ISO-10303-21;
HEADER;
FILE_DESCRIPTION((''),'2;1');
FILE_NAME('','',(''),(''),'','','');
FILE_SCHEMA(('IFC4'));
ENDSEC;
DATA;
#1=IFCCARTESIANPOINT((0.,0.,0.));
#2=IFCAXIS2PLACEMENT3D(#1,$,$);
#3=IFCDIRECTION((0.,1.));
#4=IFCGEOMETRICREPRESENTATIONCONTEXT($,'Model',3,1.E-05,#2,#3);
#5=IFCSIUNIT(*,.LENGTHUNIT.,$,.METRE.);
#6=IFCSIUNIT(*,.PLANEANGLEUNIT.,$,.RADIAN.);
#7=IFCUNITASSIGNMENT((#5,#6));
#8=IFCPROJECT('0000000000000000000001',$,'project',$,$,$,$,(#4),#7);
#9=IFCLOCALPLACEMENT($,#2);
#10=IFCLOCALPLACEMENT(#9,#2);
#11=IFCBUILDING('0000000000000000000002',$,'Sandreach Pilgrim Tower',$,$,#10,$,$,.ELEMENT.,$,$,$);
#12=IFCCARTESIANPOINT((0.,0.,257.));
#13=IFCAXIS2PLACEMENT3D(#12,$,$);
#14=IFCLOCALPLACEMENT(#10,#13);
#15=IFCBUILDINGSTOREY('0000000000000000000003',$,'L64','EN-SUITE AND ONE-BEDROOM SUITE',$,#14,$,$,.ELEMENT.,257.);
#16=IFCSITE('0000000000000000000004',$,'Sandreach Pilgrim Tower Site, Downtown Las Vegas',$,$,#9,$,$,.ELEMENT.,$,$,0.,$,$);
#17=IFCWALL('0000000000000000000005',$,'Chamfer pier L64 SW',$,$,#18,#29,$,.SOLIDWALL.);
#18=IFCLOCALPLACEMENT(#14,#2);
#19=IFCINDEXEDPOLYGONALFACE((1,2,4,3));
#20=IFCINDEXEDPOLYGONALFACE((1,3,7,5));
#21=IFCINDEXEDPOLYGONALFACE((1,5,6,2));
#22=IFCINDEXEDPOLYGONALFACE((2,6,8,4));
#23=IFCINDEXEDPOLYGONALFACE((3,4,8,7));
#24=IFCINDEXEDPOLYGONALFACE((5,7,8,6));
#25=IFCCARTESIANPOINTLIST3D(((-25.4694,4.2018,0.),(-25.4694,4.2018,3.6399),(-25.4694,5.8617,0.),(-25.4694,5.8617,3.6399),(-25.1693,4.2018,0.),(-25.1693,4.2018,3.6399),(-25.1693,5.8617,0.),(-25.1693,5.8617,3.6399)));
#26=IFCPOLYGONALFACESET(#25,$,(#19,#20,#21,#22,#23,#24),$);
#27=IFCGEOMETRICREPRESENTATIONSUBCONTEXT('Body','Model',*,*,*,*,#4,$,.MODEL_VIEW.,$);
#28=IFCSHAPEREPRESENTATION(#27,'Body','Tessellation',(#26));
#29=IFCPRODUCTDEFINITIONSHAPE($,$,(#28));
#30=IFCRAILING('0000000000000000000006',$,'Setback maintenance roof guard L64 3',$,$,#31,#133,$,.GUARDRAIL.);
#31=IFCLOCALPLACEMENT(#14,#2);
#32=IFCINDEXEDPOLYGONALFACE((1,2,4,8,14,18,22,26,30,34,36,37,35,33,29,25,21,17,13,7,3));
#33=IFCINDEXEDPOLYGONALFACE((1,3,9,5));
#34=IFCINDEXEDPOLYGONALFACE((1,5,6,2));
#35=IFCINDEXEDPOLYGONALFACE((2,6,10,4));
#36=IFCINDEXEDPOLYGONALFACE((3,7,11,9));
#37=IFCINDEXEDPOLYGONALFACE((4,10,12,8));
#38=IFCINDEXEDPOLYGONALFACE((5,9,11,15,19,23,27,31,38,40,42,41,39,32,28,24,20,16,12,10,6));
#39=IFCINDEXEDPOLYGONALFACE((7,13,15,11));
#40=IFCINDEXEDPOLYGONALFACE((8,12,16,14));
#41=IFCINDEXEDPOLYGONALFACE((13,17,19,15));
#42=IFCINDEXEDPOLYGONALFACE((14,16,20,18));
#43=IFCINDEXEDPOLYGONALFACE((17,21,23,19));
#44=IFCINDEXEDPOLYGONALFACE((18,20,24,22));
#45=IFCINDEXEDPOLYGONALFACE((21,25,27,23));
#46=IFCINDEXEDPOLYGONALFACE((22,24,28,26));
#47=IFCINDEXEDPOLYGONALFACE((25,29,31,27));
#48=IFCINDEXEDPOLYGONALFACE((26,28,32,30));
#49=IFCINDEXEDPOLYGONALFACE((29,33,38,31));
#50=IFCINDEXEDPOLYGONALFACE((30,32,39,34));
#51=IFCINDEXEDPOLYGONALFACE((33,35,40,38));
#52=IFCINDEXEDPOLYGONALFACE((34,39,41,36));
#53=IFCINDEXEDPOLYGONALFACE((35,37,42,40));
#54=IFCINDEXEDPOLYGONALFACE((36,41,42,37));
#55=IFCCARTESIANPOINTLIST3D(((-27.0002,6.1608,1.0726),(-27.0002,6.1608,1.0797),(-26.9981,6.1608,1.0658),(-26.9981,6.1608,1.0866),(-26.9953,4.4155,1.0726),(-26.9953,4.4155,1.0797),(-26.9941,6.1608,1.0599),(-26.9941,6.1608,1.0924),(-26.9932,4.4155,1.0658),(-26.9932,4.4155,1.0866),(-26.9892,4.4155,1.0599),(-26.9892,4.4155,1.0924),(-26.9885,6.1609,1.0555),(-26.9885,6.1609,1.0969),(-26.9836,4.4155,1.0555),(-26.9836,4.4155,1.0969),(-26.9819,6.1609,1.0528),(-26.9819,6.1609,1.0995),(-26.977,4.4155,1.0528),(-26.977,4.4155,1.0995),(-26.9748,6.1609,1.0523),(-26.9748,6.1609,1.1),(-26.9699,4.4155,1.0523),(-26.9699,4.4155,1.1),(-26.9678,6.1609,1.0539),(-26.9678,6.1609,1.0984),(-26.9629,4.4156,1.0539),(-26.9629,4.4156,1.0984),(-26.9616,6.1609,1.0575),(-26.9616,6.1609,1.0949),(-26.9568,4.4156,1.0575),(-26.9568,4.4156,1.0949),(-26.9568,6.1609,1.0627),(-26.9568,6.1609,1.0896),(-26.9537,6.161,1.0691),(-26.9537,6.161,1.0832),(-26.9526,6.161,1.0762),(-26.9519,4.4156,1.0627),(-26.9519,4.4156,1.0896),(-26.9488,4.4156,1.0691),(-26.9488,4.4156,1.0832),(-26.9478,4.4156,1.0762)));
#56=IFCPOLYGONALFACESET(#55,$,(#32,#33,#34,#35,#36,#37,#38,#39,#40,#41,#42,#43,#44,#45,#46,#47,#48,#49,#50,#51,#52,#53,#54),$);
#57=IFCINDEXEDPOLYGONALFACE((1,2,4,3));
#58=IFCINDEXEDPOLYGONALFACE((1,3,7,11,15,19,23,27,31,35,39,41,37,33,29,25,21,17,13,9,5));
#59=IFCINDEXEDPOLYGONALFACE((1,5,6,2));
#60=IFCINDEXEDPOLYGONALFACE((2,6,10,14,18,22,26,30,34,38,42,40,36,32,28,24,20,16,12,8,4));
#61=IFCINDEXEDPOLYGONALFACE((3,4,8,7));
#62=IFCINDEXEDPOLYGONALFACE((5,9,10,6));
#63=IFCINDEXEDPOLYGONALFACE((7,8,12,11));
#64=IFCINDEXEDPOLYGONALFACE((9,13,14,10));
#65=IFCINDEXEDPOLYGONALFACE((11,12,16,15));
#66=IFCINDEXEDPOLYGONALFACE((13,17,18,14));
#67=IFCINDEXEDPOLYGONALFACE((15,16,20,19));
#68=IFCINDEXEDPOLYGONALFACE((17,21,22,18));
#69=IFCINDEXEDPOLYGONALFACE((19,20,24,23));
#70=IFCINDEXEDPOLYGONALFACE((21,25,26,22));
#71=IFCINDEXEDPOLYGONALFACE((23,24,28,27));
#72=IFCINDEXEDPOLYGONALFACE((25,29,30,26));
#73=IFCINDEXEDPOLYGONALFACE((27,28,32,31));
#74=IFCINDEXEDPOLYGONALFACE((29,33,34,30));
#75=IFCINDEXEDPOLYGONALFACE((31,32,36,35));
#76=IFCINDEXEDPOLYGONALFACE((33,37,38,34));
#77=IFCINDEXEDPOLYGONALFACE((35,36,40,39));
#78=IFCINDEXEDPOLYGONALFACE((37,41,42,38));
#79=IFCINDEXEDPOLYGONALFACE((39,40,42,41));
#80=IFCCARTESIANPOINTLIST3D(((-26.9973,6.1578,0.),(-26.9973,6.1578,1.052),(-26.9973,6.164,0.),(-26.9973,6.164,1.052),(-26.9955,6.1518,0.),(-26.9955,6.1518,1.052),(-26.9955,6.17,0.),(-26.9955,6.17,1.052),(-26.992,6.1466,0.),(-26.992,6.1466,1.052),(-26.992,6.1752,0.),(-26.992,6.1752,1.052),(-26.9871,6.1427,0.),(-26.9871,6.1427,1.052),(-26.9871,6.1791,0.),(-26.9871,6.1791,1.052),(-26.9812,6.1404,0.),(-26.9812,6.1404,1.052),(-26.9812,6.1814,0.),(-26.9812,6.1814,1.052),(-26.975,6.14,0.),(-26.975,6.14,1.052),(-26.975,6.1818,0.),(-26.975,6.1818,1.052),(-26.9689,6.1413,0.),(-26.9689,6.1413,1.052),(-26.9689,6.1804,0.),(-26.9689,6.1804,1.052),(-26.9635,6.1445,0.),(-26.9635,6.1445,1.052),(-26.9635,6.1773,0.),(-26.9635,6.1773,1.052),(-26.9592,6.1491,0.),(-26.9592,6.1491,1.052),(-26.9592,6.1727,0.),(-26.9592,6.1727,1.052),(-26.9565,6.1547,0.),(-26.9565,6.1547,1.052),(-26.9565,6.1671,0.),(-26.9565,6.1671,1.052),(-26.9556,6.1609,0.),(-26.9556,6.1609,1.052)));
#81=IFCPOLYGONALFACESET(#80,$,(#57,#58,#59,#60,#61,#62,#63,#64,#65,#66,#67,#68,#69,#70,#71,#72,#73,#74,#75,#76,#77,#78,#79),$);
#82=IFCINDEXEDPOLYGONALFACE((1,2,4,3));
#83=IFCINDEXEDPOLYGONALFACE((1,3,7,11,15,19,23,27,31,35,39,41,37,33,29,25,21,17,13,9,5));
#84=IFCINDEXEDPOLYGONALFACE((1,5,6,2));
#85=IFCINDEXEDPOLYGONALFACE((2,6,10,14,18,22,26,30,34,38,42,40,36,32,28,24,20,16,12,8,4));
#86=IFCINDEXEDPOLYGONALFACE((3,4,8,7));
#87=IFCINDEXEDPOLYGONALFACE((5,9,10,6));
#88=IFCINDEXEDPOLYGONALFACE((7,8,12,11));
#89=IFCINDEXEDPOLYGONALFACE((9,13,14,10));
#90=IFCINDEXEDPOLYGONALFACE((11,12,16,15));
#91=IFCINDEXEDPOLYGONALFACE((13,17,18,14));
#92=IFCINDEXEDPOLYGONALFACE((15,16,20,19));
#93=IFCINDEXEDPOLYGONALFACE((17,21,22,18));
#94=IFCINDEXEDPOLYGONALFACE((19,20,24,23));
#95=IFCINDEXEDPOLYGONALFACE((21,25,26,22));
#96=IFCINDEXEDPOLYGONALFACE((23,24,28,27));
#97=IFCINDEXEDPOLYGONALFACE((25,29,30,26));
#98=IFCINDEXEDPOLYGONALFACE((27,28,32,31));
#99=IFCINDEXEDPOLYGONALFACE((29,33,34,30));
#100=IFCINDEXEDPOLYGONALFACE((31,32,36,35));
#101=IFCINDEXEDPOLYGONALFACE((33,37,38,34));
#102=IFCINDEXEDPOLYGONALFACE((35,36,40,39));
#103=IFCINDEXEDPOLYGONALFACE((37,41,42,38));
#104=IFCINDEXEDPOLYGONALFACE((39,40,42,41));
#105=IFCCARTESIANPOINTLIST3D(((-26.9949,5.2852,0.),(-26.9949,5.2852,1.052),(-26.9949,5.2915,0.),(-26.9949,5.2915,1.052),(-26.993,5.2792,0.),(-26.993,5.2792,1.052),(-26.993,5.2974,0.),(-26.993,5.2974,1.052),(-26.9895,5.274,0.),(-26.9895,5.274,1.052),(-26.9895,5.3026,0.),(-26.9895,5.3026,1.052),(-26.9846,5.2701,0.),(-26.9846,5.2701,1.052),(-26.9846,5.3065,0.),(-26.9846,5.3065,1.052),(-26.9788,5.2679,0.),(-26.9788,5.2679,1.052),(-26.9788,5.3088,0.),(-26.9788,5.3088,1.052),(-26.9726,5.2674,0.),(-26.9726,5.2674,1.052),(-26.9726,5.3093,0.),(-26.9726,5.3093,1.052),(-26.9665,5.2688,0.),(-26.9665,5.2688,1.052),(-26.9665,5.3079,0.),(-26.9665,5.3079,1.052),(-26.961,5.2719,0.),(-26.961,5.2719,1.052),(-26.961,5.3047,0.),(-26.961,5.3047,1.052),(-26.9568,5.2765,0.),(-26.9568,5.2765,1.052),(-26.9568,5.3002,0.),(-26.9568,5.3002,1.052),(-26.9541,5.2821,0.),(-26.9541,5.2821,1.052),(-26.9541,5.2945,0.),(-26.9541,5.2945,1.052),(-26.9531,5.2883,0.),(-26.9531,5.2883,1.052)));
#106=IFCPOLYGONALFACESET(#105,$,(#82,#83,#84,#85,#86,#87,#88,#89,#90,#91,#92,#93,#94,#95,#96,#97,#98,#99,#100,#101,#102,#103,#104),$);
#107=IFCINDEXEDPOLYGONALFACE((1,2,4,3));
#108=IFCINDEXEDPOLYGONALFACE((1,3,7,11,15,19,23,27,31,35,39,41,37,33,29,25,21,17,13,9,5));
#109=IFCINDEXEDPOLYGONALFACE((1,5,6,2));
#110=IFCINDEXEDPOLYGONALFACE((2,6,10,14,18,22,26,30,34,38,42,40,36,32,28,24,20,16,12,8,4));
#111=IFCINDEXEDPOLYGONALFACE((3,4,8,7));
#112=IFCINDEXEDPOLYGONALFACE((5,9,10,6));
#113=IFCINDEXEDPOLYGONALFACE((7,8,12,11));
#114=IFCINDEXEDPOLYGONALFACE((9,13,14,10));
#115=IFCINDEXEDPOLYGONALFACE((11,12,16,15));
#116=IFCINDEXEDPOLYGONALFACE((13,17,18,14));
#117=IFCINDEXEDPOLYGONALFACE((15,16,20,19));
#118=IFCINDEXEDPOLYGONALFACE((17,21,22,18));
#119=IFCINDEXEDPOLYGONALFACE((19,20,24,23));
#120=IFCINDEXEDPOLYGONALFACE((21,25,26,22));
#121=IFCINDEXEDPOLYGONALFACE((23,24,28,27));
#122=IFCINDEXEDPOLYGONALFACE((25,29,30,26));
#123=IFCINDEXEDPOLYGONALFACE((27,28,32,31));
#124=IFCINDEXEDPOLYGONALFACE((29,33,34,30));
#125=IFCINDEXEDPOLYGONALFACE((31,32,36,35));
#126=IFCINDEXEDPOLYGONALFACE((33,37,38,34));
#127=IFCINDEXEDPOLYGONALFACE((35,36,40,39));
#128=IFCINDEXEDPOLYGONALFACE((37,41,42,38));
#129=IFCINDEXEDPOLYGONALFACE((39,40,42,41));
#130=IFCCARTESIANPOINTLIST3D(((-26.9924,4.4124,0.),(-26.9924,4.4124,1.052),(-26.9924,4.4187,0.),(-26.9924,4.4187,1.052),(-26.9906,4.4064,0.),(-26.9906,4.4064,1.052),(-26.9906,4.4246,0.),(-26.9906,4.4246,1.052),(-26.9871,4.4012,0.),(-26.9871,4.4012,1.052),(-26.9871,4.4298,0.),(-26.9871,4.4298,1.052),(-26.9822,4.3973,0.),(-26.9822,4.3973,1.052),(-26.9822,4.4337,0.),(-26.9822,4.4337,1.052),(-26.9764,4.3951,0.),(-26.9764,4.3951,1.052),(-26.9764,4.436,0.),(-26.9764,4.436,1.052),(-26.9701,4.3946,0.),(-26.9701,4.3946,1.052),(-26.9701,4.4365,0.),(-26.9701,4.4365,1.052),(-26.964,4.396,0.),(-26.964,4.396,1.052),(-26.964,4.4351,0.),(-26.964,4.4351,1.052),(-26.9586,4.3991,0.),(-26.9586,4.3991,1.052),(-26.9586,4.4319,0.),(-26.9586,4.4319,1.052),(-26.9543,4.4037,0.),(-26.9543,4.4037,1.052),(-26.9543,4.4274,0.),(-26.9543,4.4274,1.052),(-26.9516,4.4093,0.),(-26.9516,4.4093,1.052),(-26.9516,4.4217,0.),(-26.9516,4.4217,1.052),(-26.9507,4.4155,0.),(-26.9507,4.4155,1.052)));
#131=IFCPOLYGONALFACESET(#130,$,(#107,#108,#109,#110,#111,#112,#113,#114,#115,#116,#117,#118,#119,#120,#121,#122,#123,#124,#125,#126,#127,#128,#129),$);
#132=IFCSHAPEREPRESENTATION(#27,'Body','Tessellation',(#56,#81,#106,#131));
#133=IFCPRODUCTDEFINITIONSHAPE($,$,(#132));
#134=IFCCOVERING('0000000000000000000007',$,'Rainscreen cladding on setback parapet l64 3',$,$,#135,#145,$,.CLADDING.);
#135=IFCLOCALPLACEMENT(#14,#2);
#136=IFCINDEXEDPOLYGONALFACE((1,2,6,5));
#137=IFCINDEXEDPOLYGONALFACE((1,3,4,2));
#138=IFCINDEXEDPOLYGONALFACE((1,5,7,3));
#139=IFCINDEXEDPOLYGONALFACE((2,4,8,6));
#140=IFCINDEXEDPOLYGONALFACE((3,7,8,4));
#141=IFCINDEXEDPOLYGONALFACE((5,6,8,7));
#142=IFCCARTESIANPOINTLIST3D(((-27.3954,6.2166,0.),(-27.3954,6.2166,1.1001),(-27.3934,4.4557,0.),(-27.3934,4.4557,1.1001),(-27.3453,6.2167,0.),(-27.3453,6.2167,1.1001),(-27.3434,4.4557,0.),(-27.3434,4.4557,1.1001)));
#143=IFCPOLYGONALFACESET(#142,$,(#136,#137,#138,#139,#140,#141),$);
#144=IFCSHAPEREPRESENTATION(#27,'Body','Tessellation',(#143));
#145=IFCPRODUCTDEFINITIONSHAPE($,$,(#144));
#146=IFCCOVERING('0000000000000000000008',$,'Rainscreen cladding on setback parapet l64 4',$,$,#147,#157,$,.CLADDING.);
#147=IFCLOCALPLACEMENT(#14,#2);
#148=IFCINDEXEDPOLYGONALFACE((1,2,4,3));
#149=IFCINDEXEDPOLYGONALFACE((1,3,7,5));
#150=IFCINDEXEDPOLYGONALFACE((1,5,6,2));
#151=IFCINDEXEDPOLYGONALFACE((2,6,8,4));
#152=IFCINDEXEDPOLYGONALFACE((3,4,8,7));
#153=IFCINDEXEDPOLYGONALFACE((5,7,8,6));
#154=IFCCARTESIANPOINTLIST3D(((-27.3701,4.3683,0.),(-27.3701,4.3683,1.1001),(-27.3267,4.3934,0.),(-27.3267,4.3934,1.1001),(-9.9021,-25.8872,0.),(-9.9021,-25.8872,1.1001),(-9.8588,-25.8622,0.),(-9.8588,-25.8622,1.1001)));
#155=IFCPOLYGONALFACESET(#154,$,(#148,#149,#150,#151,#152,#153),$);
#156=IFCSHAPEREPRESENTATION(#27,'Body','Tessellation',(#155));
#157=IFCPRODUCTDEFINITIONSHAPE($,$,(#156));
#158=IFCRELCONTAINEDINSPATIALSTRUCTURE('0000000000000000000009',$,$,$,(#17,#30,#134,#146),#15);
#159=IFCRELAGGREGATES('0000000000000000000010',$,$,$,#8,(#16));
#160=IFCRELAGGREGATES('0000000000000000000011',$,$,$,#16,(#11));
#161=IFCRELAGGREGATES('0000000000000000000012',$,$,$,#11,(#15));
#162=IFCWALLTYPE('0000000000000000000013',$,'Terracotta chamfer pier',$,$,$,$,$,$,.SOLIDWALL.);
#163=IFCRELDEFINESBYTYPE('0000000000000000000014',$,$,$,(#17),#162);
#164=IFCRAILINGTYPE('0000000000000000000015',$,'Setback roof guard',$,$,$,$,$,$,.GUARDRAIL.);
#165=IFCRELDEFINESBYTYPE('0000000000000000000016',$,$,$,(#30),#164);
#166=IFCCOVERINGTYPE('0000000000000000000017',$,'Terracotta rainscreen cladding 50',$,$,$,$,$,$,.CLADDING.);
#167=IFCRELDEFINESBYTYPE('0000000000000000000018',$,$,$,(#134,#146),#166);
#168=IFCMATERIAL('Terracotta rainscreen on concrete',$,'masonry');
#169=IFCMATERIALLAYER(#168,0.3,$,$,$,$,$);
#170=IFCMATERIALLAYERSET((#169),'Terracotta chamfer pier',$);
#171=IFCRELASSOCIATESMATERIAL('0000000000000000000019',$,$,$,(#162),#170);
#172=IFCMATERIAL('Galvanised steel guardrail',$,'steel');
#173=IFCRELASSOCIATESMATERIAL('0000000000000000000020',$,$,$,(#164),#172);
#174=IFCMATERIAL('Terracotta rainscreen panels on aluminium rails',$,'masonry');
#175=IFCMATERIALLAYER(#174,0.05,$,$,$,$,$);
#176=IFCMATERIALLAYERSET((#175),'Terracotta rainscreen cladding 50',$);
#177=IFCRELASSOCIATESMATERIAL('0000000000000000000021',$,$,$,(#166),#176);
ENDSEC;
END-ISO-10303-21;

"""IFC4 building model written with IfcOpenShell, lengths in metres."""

from ifc_helpers import new_model, si_unit, direction, frame, frame_2d, origin, origin_2d, place, context, subcontext, project, spatial, rectangle, circle, extrude, material, layer, layer_set, type_object, element, save


model = new_model("IFC4")

# Units and contexts
model_context = context("Model", 3, precision=1e-05, world=origin(), true_north=direction((0.0, 1.0)))
body_context = subcontext(model_context, "Body", "Model", "MODEL_VIEW")
ifc_project = project(units=[si_unit("LENGTHUNIT", "METRE"), si_unit("PLANEANGLEUNIT", "RADIAN")], contexts=[model_context])

# Site, building, storey
site_placement = place(None, origin())
site = spatial("IfcSite", under=ifc_project, at=site_placement, Name="Sandreach Pilgrim Tower Site, Downtown Las Vegas", CompositionType="ELEMENT", RefElevation=0.0)
building_placement = place(site_placement, origin())
building = spatial("IfcBuilding", under=site, at=building_placement, Name="Sandreach Pilgrim Tower", CompositionType="ELEMENT")
storey_placement = place(building_placement, frame((0.0, 0.0, 257.0)))
storey = spatial("IfcBuildingStorey", under=building, at=storey_placement, Name="L64", Description="EN-SUITE AND ONE-BEDROOM SUITE", CompositionType="ELEMENT", Elevation=257.0)

# Wall
ifc_material_1 = material(Name="Terracotta rainscreen on concrete", Category="masonry")
ifc_layer_1 = layer(ifc_material_1, 0.3)
ifc_layer_set_1 = layer_set([ifc_layer_1], Name="Terracotta chamfer pier")
wall_type_1 = type_object("IfcWallType", Name="Terracotta chamfer pier", PredefinedType="SOLIDWALL", material=ifc_layer_set_1)
wall_1_placement = place(storey_placement, frame((-25.3193, 4.2017, 0.0), z_axis=(0.0, 0.0, 1.0), x_axis=(0.0, 1.0, 0.0)))
element("IfcWall", 1, at=wall_1_placement, inside=storey, type_object=wall_type_1, Name="Chamfer pier L64 SW", PredefinedType="SOLIDWALL", context=body_context, shape_type="SweptSolid", body=[
    extrude(rectangle(XDim=1.6599, YDim=0.3, at=frame_2d((0.8301, 0.0))), origin(), (0.0, 0.0, 1.0), 3.6399),
])

# Railing
ifc_material_2 = material(Name="Galvanised steel guardrail", Category="steel")
railing_type = type_object("IfcRailingType", Name="Setback roof guard", PredefinedType="GUARDRAIL", material=ifc_material_2)
railing_1_placement = place(storey_placement, frame((-26.9766, 6.1609, 0.0)))
element("IfcRailing", 2, at=railing_1_placement, inside=storey, type_object=railing_type, Name="Setback maintenance roof guard L64 3", PredefinedType="GUARDRAIL", context=body_context, shape_type="SweptSolid", body=[
    extrude(circle(Radius=0.0239, at=origin_2d()), frame((0.0, 0.0, 1.0762), z_axis=(0.002798, -0.999996, 0.0), x_axis=(0.999996, 0.002798, 0.0)), (0.0, 0.0, 1.0), 1.7454),
    extrude(circle(Radius=0.021, at=origin_2d()), origin(), (0.0, 0.0, 1.0), 1.052),
    extrude(circle(Radius=0.021, at=origin_2d()), frame((0.0024, -0.8726, 0.0)), (0.0, 0.0, 1.0), 1.052),
    extrude(circle(Radius=0.021, at=origin_2d()), frame((0.0049, -1.7454, 0.0)), (0.0, 0.0, 1.0), 1.052),
])

# Coverings
ifc_material_3 = material(Name="Terracotta rainscreen panels on aluminium rails", Category="masonry")
ifc_layer_2 = layer(ifc_material_3, 0.05)
ifc_layer_set_2 = layer_set([ifc_layer_2], Name="Terracotta rainscreen cladding 50")
covering_type = type_object("IfcCoveringType", Name="Terracotta rainscreen cladding 50", PredefinedType="CLADDING", material=ifc_layer_set_2)
covering_1_placement = place(storey_placement, frame((-27.3704, 6.2166, 0.0), z_axis=(0.0, 0.0, 1.0), x_axis=(0.001109, -0.999999, 0.0)))
element("IfcCovering", 3, at=covering_1_placement, inside=storey, type_object=covering_type, Name="Rainscreen cladding on setback parapet l64 3", PredefinedType="CLADDING", context=body_context, shape_type="SweptSolid", body=[
    extrude(rectangle(XDim=1.761, YDim=0.05, at=frame_2d((0.8804, 0.0))), origin(), (0.0, 0.0, 1.0), 1.1001),
])
covering_2_placement = place(storey_placement, frame((-27.3484, 4.3809, 0.0), z_axis=(0.0, 0.0, 1.0), x_axis=(0.499998, -0.866026, 0.0)))
element("IfcCovering", 4, at=covering_2_placement, inside=storey, type_object=covering_type, Name="Rainscreen cladding on setback parapet l64 4", PredefinedType="CLADDING", context=body_context, shape_type="SweptSolid", body=[
    extrude(rectangle(XDim=34.936, YDim=0.05, at=frame_2d((17.468, 0.0))), origin(), (0.0, 0.0, 1.0), 1.1001),
])

save(model, "model.ifc")
